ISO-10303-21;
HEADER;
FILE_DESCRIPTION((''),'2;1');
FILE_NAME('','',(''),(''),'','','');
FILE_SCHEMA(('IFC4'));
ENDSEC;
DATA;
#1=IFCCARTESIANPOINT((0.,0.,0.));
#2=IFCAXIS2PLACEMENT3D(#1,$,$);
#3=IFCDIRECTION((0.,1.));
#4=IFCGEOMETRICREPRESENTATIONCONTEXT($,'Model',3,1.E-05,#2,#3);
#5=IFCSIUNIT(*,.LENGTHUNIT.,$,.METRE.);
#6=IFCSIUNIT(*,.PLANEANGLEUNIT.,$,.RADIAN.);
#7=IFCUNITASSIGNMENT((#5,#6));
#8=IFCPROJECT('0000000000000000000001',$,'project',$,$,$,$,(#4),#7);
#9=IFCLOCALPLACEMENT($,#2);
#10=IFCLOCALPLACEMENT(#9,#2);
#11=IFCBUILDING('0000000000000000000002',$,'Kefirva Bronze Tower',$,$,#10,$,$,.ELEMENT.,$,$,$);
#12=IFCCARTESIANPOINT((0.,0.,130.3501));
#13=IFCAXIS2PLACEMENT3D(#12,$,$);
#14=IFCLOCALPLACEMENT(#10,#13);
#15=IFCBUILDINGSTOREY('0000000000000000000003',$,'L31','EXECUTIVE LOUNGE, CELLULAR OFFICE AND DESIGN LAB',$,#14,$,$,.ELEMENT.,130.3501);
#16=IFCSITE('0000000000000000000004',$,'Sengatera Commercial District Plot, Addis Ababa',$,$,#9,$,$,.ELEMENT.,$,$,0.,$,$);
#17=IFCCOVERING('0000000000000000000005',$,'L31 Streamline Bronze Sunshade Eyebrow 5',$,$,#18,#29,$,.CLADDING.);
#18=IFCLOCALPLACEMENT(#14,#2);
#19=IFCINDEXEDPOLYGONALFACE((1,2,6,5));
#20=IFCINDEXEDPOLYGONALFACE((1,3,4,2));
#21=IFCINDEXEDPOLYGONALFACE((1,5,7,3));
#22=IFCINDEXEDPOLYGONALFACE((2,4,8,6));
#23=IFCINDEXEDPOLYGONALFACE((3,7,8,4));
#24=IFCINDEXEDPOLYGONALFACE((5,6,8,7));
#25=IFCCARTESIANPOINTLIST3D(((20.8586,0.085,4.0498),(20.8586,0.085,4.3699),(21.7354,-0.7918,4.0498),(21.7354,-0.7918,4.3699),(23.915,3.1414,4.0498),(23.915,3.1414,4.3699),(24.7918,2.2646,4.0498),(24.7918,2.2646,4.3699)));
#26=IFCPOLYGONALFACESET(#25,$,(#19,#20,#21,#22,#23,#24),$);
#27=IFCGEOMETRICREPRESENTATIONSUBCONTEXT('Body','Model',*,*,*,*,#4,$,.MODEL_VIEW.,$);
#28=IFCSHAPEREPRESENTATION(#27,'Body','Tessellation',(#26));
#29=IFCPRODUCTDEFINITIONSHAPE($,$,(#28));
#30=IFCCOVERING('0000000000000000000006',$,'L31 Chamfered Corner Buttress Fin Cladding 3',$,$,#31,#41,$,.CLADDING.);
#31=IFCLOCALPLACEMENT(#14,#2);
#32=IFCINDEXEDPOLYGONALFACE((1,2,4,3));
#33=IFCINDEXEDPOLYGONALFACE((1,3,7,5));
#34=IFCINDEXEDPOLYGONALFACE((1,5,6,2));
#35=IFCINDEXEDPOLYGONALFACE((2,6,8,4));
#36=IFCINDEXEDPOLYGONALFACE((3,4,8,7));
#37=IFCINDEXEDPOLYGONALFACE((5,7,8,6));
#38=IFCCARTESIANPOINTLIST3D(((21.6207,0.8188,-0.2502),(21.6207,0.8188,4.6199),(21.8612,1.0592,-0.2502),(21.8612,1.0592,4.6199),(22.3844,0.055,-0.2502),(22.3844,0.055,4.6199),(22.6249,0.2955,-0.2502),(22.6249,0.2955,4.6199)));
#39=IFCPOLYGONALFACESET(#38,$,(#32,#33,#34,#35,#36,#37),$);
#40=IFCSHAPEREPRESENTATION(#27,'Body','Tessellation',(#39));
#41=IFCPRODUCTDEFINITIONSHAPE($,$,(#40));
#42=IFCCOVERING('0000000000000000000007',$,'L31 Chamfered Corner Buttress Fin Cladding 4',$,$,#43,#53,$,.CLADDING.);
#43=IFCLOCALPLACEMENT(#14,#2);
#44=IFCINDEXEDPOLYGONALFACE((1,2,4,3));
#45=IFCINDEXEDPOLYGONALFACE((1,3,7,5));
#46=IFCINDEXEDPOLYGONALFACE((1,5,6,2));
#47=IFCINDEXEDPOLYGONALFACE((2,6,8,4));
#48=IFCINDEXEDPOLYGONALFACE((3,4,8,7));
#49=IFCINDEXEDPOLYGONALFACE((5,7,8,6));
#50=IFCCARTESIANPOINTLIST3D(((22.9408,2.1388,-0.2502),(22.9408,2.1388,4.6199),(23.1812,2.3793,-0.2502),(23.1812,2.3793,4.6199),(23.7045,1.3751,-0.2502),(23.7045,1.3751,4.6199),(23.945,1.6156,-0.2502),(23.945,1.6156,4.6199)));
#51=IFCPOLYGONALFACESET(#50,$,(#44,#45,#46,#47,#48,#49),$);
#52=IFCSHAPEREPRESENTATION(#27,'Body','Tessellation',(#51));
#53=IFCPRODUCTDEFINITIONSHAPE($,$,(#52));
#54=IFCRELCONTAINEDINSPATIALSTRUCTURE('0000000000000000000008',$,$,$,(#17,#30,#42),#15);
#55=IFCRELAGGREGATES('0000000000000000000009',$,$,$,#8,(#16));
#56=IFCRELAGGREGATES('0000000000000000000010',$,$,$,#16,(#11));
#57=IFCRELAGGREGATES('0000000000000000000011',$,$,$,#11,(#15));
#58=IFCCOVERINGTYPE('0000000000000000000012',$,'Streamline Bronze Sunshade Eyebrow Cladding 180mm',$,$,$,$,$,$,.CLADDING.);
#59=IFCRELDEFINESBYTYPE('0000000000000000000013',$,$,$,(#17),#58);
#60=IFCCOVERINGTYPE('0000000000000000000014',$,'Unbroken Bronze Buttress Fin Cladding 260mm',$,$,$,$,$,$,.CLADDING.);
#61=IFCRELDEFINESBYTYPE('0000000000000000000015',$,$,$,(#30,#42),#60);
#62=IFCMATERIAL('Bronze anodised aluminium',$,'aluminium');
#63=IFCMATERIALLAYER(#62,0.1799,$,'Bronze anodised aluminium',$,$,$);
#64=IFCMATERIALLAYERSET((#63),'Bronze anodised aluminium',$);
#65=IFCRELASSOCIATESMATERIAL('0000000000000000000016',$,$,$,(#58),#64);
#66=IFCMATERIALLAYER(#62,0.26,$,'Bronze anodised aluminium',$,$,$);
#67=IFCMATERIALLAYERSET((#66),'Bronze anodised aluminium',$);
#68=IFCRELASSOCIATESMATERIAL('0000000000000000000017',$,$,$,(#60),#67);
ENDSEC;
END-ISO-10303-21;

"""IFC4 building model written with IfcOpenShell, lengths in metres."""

from ifc_helpers import new_model, si_unit, direction, frame, origin, origin_2d, place, context, subcontext, project, spatial, rectangle, extrude, material, layer, layer_set, type_object, element, save


model = new_model("IFC4")

# Units and contexts
model_context = context("Model", 3, precision=1e-05, world=origin(), true_north=direction((0.0, 1.0)))
body_context = subcontext(model_context, "Body", "Model", "MODEL_VIEW")
ifc_project = project(units=[si_unit("LENGTHUNIT", "METRE"), si_unit("PLANEANGLEUNIT", "RADIAN")], contexts=[model_context])

# Site, building, storey
site_placement = place(None, origin())
site = spatial("IfcSite", under=ifc_project, at=site_placement, Name="Sengatera Commercial District Plot, Addis Ababa", CompositionType="ELEMENT", RefElevation=0.0)
building_placement = place(site_placement, origin())
building = spatial("IfcBuilding", under=site, at=building_placement, Name="Kefirva Bronze Tower", CompositionType="ELEMENT")
storey_placement = place(building_placement, frame((0.0, 0.0, 130.3501)))
storey = spatial("IfcBuildingStorey", under=building, at=storey_placement, Name="L31", Description="EXECUTIVE LOUNGE, CELLULAR OFFICE AND DESIGN LAB", CompositionType="ELEMENT", Elevation=130.3501)

# Shared definitions
ifc_material_1 = material(Name="Bronze anodised aluminium", Category="aluminium")

# Coverings
ifc_layer_1 = layer(ifc_material_1, 0.1799, Name="Bronze anodised aluminium")
ifc_layer_set_1 = layer_set([ifc_layer_1], Name="Bronze anodised aluminium")
covering_type_1 = type_object("IfcCoveringType", Name="Streamline Bronze Sunshade Eyebrow Cladding 180mm", PredefinedType="CLADDING", material=ifc_layer_set_1)
covering_1_placement = place(storey_placement, frame((22.8252, 1.1748, 4.0498), z_axis=(0.0, 0.0, 1.0), x_axis=(0.707107, 0.707107, 0.0)))
element("IfcCovering", 1, at=covering_1_placement, inside=storey, type_object=covering_type_1, Name="L31 Streamline Bronze Sunshade Eyebrow 5", PredefinedType="CLADDING", context=body_context, shape_type="SweptSolid", body=[
    extrude(rectangle(XDim=4.3225, YDim=1.24, at=origin_2d()), origin(), (0.0, 0.0, 1.0), 0.3201),
])
ifc_layer_2 = layer(ifc_material_1, 0.26, Name="Bronze anodised aluminium")
ifc_layer_set_2 = layer_set([ifc_layer_2], Name="Bronze anodised aluminium")
covering_type_2 = type_object("IfcCoveringType", Name="Unbroken Bronze Buttress Fin Cladding 260mm", PredefinedType="CLADDING", material=ifc_layer_set_2)
for number, where, z_axis, x_axis, name in (
    (2, (22.1228, 0.5571, -0.2502), (0.0, 0.0, 1.0), (0.707107, 0.707107, 0.0), "L31 Chamfered Corner Buttress Fin Cladding 3"),
    (3, (23.4429, 1.8772, -0.2502), (0.0, 0.0, 1.0), (0.707107, 0.707107, 0.0), "L31 Chamfered Corner Buttress Fin Cladding 4"),
):
    element("IfcCovering", number, at=place(storey_placement, frame(where, z_axis=z_axis, x_axis=x_axis)), inside=storey, type_object=covering_type_2, Name=name, PredefinedType="CLADDING", context=body_context, shape_type="SweptSolid", body=[
        extrude(rectangle(XDim=0.3401, YDim=1.0801, at=origin_2d()), origin(), (0.0, 0.0, 1.0), 4.8701),
    ])

save(model, "model.ifc")
